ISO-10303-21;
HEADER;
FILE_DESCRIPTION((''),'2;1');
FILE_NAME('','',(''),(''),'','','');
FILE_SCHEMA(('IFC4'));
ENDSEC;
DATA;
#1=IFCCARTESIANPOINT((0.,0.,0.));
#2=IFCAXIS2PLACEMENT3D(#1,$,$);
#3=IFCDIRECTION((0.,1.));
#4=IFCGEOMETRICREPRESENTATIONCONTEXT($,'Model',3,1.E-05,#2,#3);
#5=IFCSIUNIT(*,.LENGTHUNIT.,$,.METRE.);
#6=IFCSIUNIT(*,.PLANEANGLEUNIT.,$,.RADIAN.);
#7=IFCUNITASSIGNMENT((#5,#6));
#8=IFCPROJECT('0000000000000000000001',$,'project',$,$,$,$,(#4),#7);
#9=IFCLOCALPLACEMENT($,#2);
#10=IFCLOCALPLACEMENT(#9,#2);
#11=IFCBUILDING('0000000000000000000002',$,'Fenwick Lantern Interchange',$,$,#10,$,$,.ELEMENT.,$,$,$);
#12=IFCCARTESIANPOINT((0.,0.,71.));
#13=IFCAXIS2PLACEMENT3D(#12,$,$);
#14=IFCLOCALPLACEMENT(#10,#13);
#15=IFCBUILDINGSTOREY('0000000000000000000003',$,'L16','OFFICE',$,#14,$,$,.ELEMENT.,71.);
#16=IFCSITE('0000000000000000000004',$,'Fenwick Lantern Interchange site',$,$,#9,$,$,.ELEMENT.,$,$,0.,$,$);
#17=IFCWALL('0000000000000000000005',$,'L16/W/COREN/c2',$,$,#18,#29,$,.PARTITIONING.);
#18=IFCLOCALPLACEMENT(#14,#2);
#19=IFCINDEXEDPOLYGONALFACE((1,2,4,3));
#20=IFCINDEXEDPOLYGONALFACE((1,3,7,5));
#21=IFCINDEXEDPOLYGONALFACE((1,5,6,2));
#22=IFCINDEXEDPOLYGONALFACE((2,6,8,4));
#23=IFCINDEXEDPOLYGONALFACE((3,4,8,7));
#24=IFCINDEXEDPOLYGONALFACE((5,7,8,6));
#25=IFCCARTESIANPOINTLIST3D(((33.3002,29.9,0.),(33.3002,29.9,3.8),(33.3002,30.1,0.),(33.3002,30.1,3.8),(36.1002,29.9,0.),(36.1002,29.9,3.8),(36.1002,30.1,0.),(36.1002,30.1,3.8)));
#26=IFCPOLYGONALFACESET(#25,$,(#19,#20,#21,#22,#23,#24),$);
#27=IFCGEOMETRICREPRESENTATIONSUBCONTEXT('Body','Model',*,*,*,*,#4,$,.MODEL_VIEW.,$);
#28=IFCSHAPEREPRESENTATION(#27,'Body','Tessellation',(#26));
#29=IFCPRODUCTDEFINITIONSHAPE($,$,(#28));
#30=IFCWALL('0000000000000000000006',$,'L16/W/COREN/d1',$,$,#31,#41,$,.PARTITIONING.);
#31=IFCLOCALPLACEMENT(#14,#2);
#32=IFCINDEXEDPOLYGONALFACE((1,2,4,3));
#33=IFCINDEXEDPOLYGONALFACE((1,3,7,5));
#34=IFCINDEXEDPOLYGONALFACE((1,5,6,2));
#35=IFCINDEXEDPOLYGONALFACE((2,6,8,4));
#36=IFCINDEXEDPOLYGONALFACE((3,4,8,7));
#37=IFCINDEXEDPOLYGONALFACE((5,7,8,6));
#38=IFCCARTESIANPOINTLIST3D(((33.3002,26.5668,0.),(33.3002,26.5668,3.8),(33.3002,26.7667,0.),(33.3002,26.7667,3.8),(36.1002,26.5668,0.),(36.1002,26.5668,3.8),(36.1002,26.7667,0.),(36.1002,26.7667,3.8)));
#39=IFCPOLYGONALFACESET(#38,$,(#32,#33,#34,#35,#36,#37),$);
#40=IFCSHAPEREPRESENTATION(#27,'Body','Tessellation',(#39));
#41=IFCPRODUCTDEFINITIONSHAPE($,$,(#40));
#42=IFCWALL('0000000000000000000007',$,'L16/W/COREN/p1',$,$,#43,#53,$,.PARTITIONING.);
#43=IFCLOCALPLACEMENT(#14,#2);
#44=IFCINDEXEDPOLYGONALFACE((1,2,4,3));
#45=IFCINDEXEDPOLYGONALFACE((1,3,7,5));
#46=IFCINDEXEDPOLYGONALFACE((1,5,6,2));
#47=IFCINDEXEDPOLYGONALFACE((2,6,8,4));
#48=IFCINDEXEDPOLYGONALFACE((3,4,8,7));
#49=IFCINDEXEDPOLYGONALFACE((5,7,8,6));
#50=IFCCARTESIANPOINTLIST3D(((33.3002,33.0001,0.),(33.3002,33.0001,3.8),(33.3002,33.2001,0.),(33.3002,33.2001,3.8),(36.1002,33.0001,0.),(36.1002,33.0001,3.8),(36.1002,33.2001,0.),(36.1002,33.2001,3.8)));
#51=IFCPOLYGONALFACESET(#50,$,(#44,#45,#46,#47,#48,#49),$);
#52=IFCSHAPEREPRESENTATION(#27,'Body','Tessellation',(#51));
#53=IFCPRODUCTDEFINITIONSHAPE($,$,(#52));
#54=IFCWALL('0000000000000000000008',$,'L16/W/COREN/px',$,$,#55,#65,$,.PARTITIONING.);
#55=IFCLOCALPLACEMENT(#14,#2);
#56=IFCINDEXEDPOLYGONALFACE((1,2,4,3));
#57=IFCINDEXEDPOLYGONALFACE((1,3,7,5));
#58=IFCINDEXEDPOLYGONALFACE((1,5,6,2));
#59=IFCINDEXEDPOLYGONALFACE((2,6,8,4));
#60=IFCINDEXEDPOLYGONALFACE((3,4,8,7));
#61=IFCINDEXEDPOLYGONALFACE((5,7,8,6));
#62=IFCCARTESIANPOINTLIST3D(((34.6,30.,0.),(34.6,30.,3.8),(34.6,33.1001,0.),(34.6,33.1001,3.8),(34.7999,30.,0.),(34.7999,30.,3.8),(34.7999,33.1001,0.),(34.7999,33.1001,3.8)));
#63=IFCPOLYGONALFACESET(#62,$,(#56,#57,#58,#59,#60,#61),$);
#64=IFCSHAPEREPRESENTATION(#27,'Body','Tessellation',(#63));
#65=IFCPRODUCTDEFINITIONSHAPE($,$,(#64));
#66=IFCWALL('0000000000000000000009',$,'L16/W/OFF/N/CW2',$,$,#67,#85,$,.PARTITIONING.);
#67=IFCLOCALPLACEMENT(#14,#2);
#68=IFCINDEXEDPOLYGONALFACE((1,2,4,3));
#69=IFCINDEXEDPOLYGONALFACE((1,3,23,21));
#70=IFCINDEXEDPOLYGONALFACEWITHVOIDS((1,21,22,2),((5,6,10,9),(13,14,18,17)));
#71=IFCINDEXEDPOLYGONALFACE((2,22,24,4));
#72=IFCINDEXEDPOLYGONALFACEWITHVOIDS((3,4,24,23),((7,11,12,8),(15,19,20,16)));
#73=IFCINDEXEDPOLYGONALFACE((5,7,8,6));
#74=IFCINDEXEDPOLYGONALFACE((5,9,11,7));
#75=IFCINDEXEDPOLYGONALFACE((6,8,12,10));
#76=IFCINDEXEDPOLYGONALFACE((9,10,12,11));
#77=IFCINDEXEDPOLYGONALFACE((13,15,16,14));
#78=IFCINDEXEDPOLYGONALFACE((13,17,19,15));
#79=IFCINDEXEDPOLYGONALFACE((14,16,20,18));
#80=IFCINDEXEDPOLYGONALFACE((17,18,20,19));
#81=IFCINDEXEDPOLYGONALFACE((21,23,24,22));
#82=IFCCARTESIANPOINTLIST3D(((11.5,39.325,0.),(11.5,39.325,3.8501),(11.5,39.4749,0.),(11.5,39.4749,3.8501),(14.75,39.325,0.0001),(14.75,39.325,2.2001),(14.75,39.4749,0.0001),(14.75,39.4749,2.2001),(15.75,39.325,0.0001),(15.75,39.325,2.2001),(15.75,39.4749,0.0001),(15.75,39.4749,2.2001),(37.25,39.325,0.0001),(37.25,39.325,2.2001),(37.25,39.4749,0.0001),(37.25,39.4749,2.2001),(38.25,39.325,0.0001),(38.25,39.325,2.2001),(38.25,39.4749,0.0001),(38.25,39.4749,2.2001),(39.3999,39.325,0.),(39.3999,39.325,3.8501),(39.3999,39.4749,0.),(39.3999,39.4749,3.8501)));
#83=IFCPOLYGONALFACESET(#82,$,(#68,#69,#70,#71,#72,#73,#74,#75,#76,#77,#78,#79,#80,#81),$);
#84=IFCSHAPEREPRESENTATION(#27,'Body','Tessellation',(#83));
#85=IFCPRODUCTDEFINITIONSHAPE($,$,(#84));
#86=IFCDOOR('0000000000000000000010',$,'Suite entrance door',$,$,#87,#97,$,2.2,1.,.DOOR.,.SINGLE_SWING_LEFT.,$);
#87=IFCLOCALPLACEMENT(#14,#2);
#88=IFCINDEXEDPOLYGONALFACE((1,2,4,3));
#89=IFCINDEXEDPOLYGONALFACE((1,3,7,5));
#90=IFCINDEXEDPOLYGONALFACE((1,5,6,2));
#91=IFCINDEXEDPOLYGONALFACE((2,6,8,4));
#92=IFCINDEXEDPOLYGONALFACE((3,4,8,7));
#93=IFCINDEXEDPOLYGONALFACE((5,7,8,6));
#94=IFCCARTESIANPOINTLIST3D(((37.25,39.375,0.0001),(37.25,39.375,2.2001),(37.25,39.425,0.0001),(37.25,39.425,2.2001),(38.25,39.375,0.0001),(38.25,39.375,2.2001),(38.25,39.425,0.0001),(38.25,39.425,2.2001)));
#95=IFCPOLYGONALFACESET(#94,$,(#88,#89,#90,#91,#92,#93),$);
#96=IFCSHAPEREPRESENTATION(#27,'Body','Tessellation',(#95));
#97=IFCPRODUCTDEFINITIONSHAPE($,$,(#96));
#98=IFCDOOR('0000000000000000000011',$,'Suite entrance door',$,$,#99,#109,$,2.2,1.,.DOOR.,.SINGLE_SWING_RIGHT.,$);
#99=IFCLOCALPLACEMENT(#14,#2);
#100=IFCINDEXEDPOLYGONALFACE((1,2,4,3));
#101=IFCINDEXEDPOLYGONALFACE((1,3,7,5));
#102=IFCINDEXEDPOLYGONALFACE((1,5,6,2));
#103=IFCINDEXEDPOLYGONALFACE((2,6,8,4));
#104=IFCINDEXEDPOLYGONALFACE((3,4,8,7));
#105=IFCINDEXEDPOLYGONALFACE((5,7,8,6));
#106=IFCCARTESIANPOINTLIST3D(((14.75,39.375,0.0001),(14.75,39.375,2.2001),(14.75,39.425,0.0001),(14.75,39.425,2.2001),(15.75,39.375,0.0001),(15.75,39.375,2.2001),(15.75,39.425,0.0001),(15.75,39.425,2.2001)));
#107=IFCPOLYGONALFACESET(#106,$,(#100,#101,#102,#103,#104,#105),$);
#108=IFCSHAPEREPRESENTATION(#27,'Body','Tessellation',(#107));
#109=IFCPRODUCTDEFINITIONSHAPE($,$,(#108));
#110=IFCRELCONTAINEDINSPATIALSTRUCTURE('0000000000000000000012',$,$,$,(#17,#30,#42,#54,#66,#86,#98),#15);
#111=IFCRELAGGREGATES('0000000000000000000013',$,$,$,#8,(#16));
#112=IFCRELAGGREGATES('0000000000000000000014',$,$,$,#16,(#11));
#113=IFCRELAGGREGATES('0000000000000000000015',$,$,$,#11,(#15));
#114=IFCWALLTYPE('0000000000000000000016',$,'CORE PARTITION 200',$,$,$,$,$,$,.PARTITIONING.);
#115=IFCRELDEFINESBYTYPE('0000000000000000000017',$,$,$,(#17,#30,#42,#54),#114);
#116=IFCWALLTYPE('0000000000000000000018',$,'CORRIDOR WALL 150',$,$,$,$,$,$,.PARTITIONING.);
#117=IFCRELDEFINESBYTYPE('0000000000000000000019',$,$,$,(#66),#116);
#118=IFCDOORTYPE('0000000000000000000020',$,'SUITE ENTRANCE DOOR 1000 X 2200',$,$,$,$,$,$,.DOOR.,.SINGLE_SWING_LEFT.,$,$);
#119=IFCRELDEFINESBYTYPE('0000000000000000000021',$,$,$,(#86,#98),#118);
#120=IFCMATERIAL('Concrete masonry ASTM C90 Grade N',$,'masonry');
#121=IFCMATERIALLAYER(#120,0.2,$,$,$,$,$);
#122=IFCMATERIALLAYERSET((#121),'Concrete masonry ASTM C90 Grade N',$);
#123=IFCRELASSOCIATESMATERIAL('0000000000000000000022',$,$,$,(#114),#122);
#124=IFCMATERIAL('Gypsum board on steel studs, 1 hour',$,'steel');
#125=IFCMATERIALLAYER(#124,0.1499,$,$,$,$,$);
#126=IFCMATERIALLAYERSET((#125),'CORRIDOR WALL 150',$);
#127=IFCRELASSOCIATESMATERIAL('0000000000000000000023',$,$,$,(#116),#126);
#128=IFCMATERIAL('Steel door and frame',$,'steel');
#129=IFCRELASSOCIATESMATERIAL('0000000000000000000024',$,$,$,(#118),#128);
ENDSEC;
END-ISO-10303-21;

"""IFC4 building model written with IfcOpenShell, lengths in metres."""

from ifc_helpers import new_model, si_unit, direction, frame, frame_2d, origin, place, context, subcontext, project, spatial, rectangle, extrude, material, layer, layer_set, type_object, element, fill, save


model = new_model("IFC4")

# Units and contexts
model_context = context("Model", 3, precision=1e-05, world=origin(), true_north=direction((0.0, 1.0)))
body_context = subcontext(model_context, "Body", "Model", "MODEL_VIEW")
ifc_project = project(units=[si_unit("LENGTHUNIT", "METRE"), si_unit("PLANEANGLEUNIT", "RADIAN")], contexts=[model_context])

# Site, building, storey
site_placement = place(None, origin())
site = spatial("IfcSite", under=ifc_project, at=site_placement, Name="Fenwick Lantern Interchange site", CompositionType="ELEMENT", RefElevation=0.0)
building_placement = place(site_placement, origin())
building = spatial("IfcBuilding", under=site, at=building_placement, Name="Fenwick Lantern Interchange", CompositionType="ELEMENT")
storey_placement = place(building_placement, frame((0.0, 0.0, 71.0)))
storey = spatial("IfcBuildingStorey", under=building, at=storey_placement, Name="L16", Description="OFFICE", CompositionType="ELEMENT", Elevation=71.0)

# Shared definitions
ifc_material_1 = material(Name="Concrete masonry ASTM C90 Grade N", Category="masonry")
ifc_layer_1 = layer(ifc_material_1, 0.2)
ifc_layer_set_1 = layer_set([ifc_layer_1], Name="Concrete masonry ASTM C90 Grade N")
wall_type_1 = type_object("IfcWallType", Name="CORE PARTITION 200", PredefinedType="PARTITIONING", material=ifc_layer_set_1)
ifc_material_2 = material(Name="Steel door and frame", Category="steel")

# Walls
for number, where, z_axis, x_axis, name in (
    (1, (36.1001, 30.0, 0.0), (0.0, 0.0, 1.0), (-1.0, 0.0, 0.0), "L16/W/COREN/c2"),
    (2, (36.1001, 26.6667, 0.0), (0.0, 0.0, 1.0), (-1.0, 0.0, 0.0), "L16/W/COREN/d1"),
    (3, (36.1001, 33.1001, 0.0), (0.0, 0.0, 1.0), (-1.0, 0.0, 0.0), "L16/W/COREN/p1"),
):
    element("IfcWall", number, at=place(storey_placement, frame(where, z_axis=z_axis, x_axis=x_axis)), inside=storey, type_object=wall_type_1, Name=name, PredefinedType="PARTITIONING", context=body_context, shape_type="SweptSolid", body=[
        extrude(rectangle(XDim=2.8, YDim=0.2, at=frame_2d((1.3999, 0.0))), origin(), (0.0, 0.0, 1.0), 3.8),
    ])
wall_1_placement = place(storey_placement, frame((34.7, 33.1001, 0.0), z_axis=(0.0, 0.0, 1.0), x_axis=(0.0, -1.0, 0.0)))
element("IfcWall", 4, at=wall_1_placement, inside=storey, type_object=wall_type_1, Name="L16/W/COREN/px", PredefinedType="PARTITIONING", context=body_context, shape_type="SweptSolid", body=[
    extrude(rectangle(XDim=3.1001, YDim=0.2, at=frame_2d((1.55, 0.0))), origin(), (0.0, 0.0, 1.0), 3.8),
])

# Wall, openings, doors
ifc_material_3 = material(Name="Gypsum board on steel studs, 1 hour", Category="steel")
ifc_layer_2 = layer(ifc_material_3, 0.1499)
ifc_layer_set_2 = layer_set([ifc_layer_2], Name="CORRIDOR WALL 150")
wall_type_2 = type_object("IfcWallType", Name="CORRIDOR WALL 150", PredefinedType="PARTITIONING", material=ifc_layer_set_2)
wall_2_placement = place(storey_placement, frame((39.3999, 39.3999, 0.0), z_axis=(0.0, 0.0, 1.0), x_axis=(-1.0, 0.0, 0.0)))
wall_2 = element("IfcWall", 5, at=wall_2_placement, inside=storey, type_object=wall_type_2, Name="L16/W/OFF/N/CW2", PredefinedType="PARTITIONING", context=body_context, shape_type="SweptSolid", body=[
    extrude(rectangle(XDim=27.8999, YDim=0.1499, at=frame_2d((13.95, 0.0))), origin(), (0.0, 0.0, 1.0), 3.8501),
])
opening_1_placement = place(wall_2_placement, frame((1.1499, 0.0, 0.0)))
opening_1 = element("IfcOpeningElement", 6, at=opening_1_placement, cuts=wall_2, PredefinedType="OPENING", context=body_context, shape_type="SweptSolid", body=[
    extrude(rectangle(XDim=1.0, YDim=2.2, at=frame_2d((0.5, 1.1001))), frame((0.0, 0.085, 0.0), z_axis=(0.0, -1.0, 0.0), x_axis=(1.0, 0.0, 0.0)), (0.0, 0.0, 1.0), 0.1699),
])
opening_2_placement = place(wall_2_placement, frame((23.6499, 0.0, 0.0)))
opening_2 = element("IfcOpeningElement", 7, at=opening_2_placement, cuts=wall_2, PredefinedType="OPENING", context=body_context, shape_type="SweptSolid", body=[
    extrude(rectangle(XDim=1.0, YDim=2.2, at=frame_2d((0.5, 1.1001))), frame((0.0, 0.085, 0.0), z_axis=(0.0, -1.0, 0.0), x_axis=(1.0, 0.0, 0.0)), (0.0, 0.0, 1.0), 0.1699),
])
door_type_1 = type_object("IfcDoorType", Name="SUITE ENTRANCE DOOR 1000 X 2200", OperationType="SINGLE_SWING_LEFT", PredefinedType="DOOR", material=ifc_material_2)
door_1_placement = place(opening_1_placement, origin())
door_1 = element("IfcDoor", 8, at=door_1_placement, inside=storey, type_object=door_type_1, Name="Suite entrance door", OperationType="SINGLE_SWING_LEFT", OverallHeight=2.2, OverallWidth=1.0, PredefinedType="DOOR", context=body_context, shape_type="SweptSolid", body=[
    extrude(rectangle(XDim=1.0, YDim=2.2, at=frame_2d((0.5, 1.1001))), frame((0.0, 0.0249, 0.0), z_axis=(0.0, -1.0, 0.0), x_axis=(1.0, 0.0, 0.0)), (0.0, 0.0, 1.0), 0.05),
])
fill(opening_1, door_1)
door_2_placement = place(opening_2_placement, origin())
door_2 = element("IfcDoor", 9, at=door_2_placement, inside=storey, type_object=door_type_1, Name="Suite entrance door", OperationType="SINGLE_SWING_RIGHT", OverallHeight=2.2, OverallWidth=1.0, PredefinedType="DOOR", context=body_context, shape_type="SweptSolid", body=[
    extrude(rectangle(XDim=1.0, YDim=2.2, at=frame_2d((0.5, 1.1001))), frame((0.0, 0.0249, 0.0), z_axis=(0.0, -1.0, 0.0), x_axis=(1.0, 0.0, 0.0)), (0.0, 0.0, 1.0), 0.05),
])
fill(opening_2, door_2)

save(model, "model.ifc")
